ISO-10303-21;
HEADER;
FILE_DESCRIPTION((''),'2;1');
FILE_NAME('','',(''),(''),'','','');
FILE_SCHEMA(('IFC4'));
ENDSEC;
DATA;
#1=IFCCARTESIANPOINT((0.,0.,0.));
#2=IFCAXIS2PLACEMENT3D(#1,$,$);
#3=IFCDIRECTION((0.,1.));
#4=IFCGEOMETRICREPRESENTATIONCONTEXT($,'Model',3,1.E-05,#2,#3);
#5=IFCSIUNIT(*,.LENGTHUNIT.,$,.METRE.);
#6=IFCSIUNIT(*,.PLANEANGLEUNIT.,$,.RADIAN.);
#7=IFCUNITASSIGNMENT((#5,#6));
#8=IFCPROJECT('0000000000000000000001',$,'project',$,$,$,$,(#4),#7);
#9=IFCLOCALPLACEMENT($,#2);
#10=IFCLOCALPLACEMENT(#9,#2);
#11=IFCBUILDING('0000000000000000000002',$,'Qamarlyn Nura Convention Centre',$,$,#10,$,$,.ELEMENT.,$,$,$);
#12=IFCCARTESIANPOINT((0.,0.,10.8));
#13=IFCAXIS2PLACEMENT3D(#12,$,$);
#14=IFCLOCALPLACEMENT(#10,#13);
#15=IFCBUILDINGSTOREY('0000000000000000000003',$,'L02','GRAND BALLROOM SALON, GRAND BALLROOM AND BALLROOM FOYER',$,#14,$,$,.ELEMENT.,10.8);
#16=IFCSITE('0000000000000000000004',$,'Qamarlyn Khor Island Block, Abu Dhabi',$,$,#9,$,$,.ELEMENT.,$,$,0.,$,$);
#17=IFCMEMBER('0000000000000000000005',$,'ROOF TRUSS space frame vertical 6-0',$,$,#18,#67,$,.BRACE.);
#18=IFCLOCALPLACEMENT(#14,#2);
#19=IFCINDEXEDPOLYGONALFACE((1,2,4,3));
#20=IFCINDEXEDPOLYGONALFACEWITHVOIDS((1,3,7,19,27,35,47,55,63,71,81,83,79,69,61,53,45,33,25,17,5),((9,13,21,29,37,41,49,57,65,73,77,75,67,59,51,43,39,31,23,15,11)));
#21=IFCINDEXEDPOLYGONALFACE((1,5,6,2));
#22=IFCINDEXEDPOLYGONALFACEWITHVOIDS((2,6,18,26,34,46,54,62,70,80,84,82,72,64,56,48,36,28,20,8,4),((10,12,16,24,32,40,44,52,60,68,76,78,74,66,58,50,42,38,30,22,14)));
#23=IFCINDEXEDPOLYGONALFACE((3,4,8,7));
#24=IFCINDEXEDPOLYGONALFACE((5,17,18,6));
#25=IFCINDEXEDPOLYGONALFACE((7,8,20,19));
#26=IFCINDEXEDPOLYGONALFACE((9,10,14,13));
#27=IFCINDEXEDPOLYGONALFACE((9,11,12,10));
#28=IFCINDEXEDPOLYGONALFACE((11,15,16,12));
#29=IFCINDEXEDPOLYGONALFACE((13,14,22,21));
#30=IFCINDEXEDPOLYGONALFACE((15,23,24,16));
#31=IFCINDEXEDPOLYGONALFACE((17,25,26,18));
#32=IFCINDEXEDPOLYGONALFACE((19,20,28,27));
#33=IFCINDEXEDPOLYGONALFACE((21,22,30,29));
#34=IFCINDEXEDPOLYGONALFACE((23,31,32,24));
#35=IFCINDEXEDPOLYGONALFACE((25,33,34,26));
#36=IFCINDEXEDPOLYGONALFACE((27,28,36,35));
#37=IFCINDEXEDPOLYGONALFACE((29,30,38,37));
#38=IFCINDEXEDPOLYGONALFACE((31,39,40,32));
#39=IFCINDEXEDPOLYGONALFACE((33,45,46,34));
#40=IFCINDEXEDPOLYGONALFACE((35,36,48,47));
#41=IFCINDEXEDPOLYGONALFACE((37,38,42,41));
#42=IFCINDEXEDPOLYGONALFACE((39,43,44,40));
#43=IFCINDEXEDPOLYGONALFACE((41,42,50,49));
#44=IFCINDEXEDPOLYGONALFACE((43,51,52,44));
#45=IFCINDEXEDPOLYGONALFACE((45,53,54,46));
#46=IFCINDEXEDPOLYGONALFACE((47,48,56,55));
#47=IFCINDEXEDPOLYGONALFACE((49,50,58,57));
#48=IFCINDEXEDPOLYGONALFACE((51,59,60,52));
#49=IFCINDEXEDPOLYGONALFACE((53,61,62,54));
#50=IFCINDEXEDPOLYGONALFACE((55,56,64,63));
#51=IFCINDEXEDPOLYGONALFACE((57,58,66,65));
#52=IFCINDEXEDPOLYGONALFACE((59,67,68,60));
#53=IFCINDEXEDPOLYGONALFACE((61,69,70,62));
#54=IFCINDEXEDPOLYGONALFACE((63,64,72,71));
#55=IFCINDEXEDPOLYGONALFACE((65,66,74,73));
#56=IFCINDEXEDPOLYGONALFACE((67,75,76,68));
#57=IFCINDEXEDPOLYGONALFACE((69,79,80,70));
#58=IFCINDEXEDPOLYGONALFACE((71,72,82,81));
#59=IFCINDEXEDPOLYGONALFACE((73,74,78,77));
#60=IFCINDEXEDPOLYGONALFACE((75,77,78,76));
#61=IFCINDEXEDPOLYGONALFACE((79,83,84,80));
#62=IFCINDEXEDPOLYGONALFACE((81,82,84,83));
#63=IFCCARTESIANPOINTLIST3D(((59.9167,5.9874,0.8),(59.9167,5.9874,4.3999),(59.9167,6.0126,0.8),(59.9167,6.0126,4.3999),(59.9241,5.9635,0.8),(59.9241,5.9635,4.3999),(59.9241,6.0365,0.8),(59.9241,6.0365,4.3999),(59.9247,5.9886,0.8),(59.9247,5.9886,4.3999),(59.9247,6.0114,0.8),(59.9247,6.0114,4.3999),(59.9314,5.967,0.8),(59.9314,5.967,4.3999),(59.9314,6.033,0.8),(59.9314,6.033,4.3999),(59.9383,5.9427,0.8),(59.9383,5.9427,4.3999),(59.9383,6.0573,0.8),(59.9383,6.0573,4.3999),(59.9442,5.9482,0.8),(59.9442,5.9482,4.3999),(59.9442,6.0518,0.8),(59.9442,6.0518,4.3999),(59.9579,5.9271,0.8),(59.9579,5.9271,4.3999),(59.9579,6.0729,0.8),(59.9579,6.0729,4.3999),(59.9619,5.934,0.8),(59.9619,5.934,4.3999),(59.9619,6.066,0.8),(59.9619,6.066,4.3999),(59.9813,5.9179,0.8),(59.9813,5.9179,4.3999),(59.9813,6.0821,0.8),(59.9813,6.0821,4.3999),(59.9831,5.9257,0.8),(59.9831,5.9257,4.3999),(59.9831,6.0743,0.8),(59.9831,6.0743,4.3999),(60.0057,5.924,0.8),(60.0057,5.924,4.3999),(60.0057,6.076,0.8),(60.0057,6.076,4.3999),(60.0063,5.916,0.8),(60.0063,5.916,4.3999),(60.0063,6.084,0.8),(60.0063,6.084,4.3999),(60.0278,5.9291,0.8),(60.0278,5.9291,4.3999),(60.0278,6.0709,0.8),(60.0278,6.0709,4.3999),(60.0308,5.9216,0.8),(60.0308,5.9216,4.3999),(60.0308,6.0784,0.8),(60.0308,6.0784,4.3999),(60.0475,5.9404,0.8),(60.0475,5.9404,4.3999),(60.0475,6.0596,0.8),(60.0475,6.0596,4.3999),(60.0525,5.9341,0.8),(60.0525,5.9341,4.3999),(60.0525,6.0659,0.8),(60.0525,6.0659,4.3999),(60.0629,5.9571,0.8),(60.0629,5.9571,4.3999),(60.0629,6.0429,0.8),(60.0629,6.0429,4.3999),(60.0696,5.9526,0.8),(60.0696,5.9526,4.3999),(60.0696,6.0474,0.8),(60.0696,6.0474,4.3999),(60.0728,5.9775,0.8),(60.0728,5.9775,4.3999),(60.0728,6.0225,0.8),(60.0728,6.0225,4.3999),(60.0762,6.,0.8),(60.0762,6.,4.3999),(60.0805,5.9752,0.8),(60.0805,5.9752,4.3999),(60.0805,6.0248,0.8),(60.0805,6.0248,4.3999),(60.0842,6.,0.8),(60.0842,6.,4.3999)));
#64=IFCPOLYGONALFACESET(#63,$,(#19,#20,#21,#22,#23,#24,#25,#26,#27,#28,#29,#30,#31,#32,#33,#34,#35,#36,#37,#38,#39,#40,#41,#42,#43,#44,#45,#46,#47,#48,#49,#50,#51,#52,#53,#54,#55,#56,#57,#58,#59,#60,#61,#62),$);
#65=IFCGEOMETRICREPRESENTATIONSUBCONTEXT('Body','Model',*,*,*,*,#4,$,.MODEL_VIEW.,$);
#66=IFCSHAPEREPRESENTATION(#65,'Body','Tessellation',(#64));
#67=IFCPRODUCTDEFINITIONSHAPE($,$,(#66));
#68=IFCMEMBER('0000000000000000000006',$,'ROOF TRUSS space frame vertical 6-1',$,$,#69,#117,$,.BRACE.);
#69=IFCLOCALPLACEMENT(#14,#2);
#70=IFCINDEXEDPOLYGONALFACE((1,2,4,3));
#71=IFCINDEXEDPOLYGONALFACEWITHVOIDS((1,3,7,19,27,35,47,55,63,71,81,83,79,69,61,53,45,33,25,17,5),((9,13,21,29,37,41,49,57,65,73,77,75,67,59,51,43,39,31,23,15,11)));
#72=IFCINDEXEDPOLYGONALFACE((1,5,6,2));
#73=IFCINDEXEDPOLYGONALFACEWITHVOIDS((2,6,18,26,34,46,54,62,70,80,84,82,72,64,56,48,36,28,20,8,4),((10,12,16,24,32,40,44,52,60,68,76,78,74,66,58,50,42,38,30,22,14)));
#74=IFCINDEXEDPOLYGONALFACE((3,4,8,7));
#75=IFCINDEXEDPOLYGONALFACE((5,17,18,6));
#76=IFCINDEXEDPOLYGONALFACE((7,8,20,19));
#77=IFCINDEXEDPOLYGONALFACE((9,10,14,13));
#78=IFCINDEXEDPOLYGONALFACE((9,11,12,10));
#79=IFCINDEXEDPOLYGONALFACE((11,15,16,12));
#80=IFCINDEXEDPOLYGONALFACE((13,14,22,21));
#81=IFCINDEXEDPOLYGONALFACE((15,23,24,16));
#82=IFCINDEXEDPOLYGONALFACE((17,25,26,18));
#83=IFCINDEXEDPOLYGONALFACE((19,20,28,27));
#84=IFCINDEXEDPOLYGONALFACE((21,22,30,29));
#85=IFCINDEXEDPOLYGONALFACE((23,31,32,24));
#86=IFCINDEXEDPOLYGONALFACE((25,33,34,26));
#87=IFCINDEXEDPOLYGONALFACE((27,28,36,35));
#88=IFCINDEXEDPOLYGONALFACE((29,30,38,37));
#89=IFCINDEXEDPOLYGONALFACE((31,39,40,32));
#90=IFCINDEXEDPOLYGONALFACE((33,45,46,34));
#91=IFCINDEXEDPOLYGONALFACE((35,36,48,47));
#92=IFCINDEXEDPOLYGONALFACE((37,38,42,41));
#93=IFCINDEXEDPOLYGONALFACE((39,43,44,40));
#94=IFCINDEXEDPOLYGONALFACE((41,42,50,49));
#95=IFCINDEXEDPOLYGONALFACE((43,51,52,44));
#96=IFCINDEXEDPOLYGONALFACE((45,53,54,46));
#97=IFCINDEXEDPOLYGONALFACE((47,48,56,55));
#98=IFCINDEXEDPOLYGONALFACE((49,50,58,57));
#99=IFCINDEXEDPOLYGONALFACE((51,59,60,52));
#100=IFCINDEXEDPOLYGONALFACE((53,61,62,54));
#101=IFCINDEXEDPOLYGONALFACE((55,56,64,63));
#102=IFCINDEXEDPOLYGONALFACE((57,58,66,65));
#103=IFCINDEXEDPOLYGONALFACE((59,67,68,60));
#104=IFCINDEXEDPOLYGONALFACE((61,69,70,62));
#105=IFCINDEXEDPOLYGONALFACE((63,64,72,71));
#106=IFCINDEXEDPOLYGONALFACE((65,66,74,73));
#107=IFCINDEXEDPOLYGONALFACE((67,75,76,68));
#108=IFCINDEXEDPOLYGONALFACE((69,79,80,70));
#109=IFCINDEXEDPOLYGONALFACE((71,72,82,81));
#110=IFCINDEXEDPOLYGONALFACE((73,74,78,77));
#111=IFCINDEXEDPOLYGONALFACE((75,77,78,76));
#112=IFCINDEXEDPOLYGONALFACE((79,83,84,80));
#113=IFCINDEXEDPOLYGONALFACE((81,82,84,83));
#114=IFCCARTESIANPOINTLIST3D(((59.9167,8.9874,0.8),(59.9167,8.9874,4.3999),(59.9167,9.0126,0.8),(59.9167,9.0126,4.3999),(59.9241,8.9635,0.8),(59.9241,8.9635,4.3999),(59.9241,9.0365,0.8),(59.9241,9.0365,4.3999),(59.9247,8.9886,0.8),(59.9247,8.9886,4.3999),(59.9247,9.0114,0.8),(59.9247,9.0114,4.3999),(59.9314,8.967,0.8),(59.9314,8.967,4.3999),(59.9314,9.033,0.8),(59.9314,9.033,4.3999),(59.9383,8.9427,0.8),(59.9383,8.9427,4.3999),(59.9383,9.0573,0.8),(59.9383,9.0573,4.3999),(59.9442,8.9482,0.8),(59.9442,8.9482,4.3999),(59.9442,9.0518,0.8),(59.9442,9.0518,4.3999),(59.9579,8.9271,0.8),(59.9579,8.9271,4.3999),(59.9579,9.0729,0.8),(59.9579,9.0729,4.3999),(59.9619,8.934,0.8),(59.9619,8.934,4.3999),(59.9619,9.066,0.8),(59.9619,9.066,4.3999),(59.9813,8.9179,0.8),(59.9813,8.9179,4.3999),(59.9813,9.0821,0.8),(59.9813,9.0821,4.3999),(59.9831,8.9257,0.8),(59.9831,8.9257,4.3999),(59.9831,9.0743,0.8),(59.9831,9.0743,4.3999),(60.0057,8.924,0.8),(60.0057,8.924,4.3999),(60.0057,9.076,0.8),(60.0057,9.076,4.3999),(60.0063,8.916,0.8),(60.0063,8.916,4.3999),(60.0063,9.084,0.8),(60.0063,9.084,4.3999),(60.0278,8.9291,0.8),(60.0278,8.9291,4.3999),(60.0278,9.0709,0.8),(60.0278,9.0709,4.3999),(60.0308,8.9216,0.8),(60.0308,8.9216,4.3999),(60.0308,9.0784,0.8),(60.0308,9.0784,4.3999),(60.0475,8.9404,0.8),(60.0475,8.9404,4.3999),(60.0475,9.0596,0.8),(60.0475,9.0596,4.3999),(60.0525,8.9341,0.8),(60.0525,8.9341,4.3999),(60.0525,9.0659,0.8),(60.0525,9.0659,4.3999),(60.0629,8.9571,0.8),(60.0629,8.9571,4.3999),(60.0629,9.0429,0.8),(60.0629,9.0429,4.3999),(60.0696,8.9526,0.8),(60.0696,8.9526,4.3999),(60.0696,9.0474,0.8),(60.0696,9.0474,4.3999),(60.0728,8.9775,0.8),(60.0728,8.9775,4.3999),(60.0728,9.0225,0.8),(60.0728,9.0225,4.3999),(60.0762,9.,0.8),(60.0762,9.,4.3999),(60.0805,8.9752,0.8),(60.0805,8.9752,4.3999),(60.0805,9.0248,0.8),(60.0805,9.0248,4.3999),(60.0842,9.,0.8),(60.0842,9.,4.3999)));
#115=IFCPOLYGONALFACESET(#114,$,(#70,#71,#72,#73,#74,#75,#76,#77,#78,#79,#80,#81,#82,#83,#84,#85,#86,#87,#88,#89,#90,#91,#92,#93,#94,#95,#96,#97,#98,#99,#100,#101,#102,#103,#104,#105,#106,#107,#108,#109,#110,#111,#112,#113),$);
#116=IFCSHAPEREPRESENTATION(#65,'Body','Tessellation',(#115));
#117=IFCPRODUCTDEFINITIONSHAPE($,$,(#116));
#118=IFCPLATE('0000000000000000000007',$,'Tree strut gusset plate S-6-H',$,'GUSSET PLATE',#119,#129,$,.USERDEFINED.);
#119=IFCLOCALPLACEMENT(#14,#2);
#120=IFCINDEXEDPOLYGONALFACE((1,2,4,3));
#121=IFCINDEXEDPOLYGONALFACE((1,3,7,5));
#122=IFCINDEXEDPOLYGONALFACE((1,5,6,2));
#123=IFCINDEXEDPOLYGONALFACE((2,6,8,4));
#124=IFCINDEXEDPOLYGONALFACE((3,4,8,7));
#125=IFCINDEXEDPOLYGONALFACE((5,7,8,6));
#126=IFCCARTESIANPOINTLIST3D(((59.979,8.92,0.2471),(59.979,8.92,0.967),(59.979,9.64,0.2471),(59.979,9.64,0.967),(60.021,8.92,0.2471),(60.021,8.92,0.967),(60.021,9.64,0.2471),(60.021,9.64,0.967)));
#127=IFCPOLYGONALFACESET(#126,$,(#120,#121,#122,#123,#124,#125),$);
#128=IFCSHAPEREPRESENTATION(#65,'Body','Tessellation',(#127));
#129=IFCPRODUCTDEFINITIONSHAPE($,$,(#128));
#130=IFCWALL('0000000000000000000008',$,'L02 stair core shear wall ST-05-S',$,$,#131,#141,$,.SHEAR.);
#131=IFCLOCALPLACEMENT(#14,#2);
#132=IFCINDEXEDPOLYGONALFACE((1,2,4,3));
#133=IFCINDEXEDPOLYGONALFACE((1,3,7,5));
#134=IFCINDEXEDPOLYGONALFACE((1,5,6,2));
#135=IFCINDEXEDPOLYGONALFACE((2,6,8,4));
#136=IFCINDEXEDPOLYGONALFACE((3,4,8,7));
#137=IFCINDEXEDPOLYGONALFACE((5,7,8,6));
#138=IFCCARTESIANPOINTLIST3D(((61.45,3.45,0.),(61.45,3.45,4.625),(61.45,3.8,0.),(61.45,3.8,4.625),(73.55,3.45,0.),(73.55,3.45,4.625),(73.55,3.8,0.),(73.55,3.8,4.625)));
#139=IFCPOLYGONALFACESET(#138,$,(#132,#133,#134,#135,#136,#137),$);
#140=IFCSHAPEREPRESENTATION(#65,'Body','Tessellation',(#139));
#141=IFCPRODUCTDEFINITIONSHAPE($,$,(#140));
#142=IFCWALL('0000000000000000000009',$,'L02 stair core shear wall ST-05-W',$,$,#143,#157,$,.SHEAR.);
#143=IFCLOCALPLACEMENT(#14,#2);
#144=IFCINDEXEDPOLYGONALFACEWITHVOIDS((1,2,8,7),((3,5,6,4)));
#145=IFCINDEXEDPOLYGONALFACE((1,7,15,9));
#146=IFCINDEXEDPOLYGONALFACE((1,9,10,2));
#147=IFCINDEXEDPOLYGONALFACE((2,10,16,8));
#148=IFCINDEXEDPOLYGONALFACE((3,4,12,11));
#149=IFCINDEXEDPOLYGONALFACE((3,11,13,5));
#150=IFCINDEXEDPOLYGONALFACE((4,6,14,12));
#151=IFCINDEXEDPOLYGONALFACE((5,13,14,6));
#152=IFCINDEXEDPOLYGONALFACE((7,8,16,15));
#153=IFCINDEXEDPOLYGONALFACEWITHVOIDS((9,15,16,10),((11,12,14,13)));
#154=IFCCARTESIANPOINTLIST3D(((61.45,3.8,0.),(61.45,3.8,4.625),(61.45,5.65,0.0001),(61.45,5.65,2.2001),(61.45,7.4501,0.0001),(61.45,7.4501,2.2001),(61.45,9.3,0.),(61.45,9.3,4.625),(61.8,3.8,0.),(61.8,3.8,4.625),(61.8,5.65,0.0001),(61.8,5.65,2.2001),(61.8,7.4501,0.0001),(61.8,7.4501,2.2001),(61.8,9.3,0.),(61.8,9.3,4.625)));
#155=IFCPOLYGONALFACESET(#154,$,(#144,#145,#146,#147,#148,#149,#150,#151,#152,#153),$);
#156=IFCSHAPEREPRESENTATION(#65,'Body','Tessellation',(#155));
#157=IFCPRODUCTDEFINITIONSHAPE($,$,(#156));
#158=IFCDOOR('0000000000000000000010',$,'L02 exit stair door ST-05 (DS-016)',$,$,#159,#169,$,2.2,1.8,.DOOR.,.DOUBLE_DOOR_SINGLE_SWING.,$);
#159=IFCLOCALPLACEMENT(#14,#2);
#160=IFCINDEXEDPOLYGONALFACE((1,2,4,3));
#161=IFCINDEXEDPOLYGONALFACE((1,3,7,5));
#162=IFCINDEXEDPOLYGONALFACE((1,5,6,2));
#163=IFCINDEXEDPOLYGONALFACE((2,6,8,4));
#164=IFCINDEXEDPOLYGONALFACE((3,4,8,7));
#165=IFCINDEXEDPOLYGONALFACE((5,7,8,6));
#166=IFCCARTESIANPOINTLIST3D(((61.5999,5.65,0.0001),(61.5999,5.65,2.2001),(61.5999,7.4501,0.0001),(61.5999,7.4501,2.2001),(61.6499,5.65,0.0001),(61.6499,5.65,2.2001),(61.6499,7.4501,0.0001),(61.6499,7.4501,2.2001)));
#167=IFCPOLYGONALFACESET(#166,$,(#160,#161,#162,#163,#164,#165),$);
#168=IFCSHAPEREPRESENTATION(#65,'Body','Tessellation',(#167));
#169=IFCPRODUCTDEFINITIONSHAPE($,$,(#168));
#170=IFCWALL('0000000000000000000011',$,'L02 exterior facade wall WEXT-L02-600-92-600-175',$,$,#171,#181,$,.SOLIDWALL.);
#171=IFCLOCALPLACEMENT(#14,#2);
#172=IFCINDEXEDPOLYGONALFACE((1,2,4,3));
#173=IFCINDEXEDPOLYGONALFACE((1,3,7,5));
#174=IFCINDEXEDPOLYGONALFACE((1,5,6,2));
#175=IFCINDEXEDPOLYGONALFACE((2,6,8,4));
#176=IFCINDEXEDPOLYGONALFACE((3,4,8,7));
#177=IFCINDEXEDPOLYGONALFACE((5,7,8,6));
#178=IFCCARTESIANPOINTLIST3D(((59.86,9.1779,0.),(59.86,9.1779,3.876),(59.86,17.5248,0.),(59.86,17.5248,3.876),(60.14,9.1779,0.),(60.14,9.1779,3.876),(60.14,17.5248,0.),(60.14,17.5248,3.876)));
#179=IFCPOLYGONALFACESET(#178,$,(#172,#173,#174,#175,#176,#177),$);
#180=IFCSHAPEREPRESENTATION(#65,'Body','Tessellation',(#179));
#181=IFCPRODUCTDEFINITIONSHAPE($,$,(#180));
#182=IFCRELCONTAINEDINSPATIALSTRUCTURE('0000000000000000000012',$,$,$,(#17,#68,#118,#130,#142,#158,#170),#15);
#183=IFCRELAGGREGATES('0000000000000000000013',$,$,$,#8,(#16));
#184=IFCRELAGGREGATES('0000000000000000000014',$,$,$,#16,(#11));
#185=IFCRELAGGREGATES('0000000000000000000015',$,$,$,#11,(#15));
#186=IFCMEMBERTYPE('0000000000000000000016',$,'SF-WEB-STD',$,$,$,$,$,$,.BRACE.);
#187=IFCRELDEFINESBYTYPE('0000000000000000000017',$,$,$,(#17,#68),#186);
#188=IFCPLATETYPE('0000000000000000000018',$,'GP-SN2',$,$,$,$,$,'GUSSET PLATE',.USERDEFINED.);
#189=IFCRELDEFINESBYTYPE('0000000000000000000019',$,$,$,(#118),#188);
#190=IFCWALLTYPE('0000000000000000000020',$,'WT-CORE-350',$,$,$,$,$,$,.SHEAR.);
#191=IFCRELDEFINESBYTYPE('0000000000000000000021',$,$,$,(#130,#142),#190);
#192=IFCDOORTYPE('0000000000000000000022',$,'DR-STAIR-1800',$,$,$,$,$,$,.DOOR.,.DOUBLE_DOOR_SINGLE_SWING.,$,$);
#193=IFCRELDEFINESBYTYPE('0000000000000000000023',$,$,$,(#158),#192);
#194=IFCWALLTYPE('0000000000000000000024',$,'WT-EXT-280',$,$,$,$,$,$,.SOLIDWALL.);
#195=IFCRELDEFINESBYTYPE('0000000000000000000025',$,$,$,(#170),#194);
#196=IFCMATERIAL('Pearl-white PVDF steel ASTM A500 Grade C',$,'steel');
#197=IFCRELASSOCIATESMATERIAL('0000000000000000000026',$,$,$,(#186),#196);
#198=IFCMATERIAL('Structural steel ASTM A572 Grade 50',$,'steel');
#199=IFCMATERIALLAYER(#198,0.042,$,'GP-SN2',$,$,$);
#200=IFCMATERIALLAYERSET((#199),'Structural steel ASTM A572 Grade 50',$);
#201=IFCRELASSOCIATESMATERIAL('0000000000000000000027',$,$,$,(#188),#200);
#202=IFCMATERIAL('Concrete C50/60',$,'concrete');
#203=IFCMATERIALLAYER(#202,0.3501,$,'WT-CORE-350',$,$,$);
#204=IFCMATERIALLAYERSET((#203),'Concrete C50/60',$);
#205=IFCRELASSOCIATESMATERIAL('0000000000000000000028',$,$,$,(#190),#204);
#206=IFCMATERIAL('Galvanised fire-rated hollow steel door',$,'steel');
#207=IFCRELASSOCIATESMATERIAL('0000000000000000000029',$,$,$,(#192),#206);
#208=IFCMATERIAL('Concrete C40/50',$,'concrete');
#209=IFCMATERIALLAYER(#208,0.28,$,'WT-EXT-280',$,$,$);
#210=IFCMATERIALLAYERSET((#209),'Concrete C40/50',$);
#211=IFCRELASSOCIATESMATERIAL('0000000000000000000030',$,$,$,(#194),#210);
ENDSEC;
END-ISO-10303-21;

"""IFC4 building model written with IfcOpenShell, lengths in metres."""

from ifc_helpers import new_model, si_unit, direction, frame, frame_2d, origin, origin_2d, place, context, subcontext, project, spatial, rectangle, hollow_circle, extrude, material, layer, layer_set, material_profile, profile_set, type_object, element, fill, save


model = new_model("IFC4")

# Units and contexts
model_context = context("Model", 3, precision=1e-05, world=origin(), true_north=direction((0.0, 1.0)))
body_context = subcontext(model_context, "Body", "Model", "MODEL_VIEW")
ifc_project = project(units=[si_unit("LENGTHUNIT", "METRE"), si_unit("PLANEANGLEUNIT", "RADIAN")], contexts=[model_context])

# Site, building, storey
site_placement = place(None, origin())
site = spatial("IfcSite", under=ifc_project, at=site_placement, Name="Qamarlyn Khor Island Block, Abu Dhabi", CompositionType="ELEMENT", RefElevation=0.0)
building_placement = place(site_placement, origin())
building = spatial("IfcBuilding", under=site, at=building_placement, Name="Qamarlyn Nura Convention Centre", CompositionType="ELEMENT")
storey_placement = place(building_placement, frame((0.0, 0.0, 10.8)))
storey = spatial("IfcBuildingStorey", under=building, at=storey_placement, Name="L02", Description="GRAND BALLROOM SALON, GRAND BALLROOM AND BALLROOM FOYER", CompositionType="ELEMENT", Elevation=10.8)

# Members
ifc_material_1 = material(Name="Pearl-white PVDF steel ASTM A500 Grade C", Category="steel")
ifc_material_profile_1 = material_profile(ifc_material_1, hollow_circle(Radius=0.0842, WallThickness=0.0081, at=origin_2d()), Name="CHS168.3X8")
ifc_profile_set_1 = profile_set([ifc_material_profile_1], Name="Pearl-white PVDF steel ASTM A500 Grade C")
member_type_1 = type_object("IfcMemberType", Name="SF-WEB-STD", PredefinedType="BRACE", material=ifc_profile_set_1)
for number, where, z_axis, x_axis, name in (
    (1, (60.0, 6.0, 0.8), (0.0, 0.0, 1.0), (1.0, 0.0, 0.0), "ROOF TRUSS space frame vertical 6-0"),
    (2, (60.0, 9.0, 0.8), (0.0, 0.0, 1.0), (1.0, 0.0, 0.0), "ROOF TRUSS space frame vertical 6-1"),
):
    element("IfcMember", number, at=place(storey_placement, frame(where, z_axis=z_axis, x_axis=x_axis)), inside=storey, type_object=member_type_1, Name=name, PredefinedType="BRACE", context=body_context, shape_type="SweptSolid", body=[
        extrude(hollow_circle(Radius=0.0842, WallThickness=0.0081, at=origin_2d()), origin(), (0.0, 0.0, 1.0), 3.5999),
    ])

# Plate
ifc_material_2 = material(Name="Structural steel ASTM A572 Grade 50", Category="steel")
ifc_layer_1 = layer(ifc_material_2, 0.042, Name="GP-SN2")
ifc_layer_set_1 = layer_set([ifc_layer_1], Name="Structural steel ASTM A572 Grade 50")
plate_type = type_object("IfcPlateType", Name="GP-SN2", ElementType="GUSSET PLATE", PredefinedType="USERDEFINED", material=ifc_layer_set_1)
plate_placement = place(storey_placement, frame((60.0, 9.28, 0.2471), z_axis=(0.0, 0.0, 1.0), x_axis=(0.0, 1.0, 0.0)))
element("IfcPlate", 3, at=plate_placement, inside=storey, type_object=plate_type, Name="Tree strut gusset plate S-6-H", ObjectType="GUSSET PLATE", PredefinedType="USERDEFINED", context=body_context, shape_type="SweptSolid", body=[
    extrude(rectangle(XDim=0.72, YDim=0.042, at=origin_2d()), origin(), (0.0, 0.0, 1.0), 0.72),
])

# Wall
ifc_material_3 = material(Name="Concrete C50/60", Category="concrete")
ifc_layer_2 = layer(ifc_material_3, 0.3501, Name="WT-CORE-350")
ifc_layer_set_2 = layer_set([ifc_layer_2], Name="Concrete C50/60")
wall_type_1 = type_object("IfcWallType", Name="WT-CORE-350", PredefinedType="SHEAR", material=ifc_layer_set_2)
wall_1_placement = place(storey_placement, frame((61.45, 3.625, 0.0), z_axis=(0.0, 0.0, 1.0), x_axis=(1.0, 0.0, 0.0)))
element("IfcWall", 4, at=wall_1_placement, inside=storey, type_object=wall_type_1, Name="L02 stair core shear wall ST-05-S", PredefinedType="SHEAR", context=body_context, shape_type="SweptSolid", body=[
    extrude(rectangle(XDim=12.1001, YDim=0.3501, at=frame_2d((6.05, 0.0))), origin(), (0.0, 0.0, 1.0), 4.625),
])

# Wall, opening, door
wall_2_placement = place(storey_placement, frame((61.625, 9.3, 0.0), z_axis=(0.0, 0.0, 1.0), x_axis=(0.0, -1.0, 0.0)))
wall_2 = element("IfcWall", 5, at=wall_2_placement, inside=storey, type_object=wall_type_1, Name="L02 stair core shear wall ST-05-W", PredefinedType="SHEAR", context=body_context, shape_type="SweptSolid", body=[
    extrude(rectangle(XDim=5.5, YDim=0.3501, at=frame_2d((2.75, 0.0))), origin(), (0.0, 0.0, 1.0), 4.625),
])
opening_placement = place(wall_2_placement, frame((1.8501, 0.0, 0.0)))
opening = element("IfcOpeningElement", 6, at=opening_placement, cuts=wall_2, PredefinedType="OPENING", context=body_context, shape_type="SweptSolid", body=[
    extrude(rectangle(XDim=1.8, YDim=2.2, at=frame_2d((0.8999, 1.1001))), frame((0.0, 0.1851, 0.0), z_axis=(0.0, -1.0, 0.0), x_axis=(1.0, 0.0, 0.0)), (0.0, 0.0, 1.0), 0.3701),
])
ifc_material_4 = material(Name="Galvanised fire-rated hollow steel door", Category="steel")
door_type = type_object("IfcDoorType", Name="DR-STAIR-1800", OperationType="DOUBLE_DOOR_SINGLE_SWING", PredefinedType="DOOR", material=ifc_material_4)
door_placement = place(opening_placement, origin())
door = element("IfcDoor", 7, at=door_placement, inside=storey, type_object=door_type, Name="L02 exit stair door ST-05 (DS-016)", OperationType="DOUBLE_DOOR_SINGLE_SWING", OverallHeight=2.2, OverallWidth=1.8, PredefinedType="DOOR", context=body_context, shape_type="SweptSolid", body=[
    extrude(rectangle(XDim=1.8, YDim=2.2, at=frame_2d((0.8999, 1.1001))), frame((0.0, 0.0249, 0.0), z_axis=(0.0, -1.0, 0.0), x_axis=(1.0, 0.0, 0.0)), (0.0, 0.0, 1.0), 0.05),
])
fill(opening, door)

# Wall
ifc_material_5 = material(Name="Concrete C40/50", Category="concrete")
ifc_layer_3 = layer(ifc_material_5, 0.28, Name="WT-EXT-280")
ifc_layer_set_3 = layer_set([ifc_layer_3], Name="Concrete C40/50")
wall_type_2 = type_object("IfcWallType", Name="WT-EXT-280", PredefinedType="SOLIDWALL", material=ifc_layer_set_3)
wall_3_placement = place(storey_placement, frame((60.0, 9.178, 0.0), z_axis=(0.0, 0.0, 1.0), x_axis=(0.0, 1.0, 0.0)))
element("IfcWall", 8, at=wall_3_placement, inside=storey, type_object=wall_type_2, Name="L02 exterior facade wall WEXT-L02-600-92-600-175", PredefinedType="SOLIDWALL", context=body_context, shape_type="SweptSolid", body=[
    extrude(rectangle(XDim=8.3469, YDim=0.28, at=frame_2d((4.1733, 0.0))), origin(), (0.0, 0.0, 1.0), 3.876),
])

save(model, "model.ifc")
